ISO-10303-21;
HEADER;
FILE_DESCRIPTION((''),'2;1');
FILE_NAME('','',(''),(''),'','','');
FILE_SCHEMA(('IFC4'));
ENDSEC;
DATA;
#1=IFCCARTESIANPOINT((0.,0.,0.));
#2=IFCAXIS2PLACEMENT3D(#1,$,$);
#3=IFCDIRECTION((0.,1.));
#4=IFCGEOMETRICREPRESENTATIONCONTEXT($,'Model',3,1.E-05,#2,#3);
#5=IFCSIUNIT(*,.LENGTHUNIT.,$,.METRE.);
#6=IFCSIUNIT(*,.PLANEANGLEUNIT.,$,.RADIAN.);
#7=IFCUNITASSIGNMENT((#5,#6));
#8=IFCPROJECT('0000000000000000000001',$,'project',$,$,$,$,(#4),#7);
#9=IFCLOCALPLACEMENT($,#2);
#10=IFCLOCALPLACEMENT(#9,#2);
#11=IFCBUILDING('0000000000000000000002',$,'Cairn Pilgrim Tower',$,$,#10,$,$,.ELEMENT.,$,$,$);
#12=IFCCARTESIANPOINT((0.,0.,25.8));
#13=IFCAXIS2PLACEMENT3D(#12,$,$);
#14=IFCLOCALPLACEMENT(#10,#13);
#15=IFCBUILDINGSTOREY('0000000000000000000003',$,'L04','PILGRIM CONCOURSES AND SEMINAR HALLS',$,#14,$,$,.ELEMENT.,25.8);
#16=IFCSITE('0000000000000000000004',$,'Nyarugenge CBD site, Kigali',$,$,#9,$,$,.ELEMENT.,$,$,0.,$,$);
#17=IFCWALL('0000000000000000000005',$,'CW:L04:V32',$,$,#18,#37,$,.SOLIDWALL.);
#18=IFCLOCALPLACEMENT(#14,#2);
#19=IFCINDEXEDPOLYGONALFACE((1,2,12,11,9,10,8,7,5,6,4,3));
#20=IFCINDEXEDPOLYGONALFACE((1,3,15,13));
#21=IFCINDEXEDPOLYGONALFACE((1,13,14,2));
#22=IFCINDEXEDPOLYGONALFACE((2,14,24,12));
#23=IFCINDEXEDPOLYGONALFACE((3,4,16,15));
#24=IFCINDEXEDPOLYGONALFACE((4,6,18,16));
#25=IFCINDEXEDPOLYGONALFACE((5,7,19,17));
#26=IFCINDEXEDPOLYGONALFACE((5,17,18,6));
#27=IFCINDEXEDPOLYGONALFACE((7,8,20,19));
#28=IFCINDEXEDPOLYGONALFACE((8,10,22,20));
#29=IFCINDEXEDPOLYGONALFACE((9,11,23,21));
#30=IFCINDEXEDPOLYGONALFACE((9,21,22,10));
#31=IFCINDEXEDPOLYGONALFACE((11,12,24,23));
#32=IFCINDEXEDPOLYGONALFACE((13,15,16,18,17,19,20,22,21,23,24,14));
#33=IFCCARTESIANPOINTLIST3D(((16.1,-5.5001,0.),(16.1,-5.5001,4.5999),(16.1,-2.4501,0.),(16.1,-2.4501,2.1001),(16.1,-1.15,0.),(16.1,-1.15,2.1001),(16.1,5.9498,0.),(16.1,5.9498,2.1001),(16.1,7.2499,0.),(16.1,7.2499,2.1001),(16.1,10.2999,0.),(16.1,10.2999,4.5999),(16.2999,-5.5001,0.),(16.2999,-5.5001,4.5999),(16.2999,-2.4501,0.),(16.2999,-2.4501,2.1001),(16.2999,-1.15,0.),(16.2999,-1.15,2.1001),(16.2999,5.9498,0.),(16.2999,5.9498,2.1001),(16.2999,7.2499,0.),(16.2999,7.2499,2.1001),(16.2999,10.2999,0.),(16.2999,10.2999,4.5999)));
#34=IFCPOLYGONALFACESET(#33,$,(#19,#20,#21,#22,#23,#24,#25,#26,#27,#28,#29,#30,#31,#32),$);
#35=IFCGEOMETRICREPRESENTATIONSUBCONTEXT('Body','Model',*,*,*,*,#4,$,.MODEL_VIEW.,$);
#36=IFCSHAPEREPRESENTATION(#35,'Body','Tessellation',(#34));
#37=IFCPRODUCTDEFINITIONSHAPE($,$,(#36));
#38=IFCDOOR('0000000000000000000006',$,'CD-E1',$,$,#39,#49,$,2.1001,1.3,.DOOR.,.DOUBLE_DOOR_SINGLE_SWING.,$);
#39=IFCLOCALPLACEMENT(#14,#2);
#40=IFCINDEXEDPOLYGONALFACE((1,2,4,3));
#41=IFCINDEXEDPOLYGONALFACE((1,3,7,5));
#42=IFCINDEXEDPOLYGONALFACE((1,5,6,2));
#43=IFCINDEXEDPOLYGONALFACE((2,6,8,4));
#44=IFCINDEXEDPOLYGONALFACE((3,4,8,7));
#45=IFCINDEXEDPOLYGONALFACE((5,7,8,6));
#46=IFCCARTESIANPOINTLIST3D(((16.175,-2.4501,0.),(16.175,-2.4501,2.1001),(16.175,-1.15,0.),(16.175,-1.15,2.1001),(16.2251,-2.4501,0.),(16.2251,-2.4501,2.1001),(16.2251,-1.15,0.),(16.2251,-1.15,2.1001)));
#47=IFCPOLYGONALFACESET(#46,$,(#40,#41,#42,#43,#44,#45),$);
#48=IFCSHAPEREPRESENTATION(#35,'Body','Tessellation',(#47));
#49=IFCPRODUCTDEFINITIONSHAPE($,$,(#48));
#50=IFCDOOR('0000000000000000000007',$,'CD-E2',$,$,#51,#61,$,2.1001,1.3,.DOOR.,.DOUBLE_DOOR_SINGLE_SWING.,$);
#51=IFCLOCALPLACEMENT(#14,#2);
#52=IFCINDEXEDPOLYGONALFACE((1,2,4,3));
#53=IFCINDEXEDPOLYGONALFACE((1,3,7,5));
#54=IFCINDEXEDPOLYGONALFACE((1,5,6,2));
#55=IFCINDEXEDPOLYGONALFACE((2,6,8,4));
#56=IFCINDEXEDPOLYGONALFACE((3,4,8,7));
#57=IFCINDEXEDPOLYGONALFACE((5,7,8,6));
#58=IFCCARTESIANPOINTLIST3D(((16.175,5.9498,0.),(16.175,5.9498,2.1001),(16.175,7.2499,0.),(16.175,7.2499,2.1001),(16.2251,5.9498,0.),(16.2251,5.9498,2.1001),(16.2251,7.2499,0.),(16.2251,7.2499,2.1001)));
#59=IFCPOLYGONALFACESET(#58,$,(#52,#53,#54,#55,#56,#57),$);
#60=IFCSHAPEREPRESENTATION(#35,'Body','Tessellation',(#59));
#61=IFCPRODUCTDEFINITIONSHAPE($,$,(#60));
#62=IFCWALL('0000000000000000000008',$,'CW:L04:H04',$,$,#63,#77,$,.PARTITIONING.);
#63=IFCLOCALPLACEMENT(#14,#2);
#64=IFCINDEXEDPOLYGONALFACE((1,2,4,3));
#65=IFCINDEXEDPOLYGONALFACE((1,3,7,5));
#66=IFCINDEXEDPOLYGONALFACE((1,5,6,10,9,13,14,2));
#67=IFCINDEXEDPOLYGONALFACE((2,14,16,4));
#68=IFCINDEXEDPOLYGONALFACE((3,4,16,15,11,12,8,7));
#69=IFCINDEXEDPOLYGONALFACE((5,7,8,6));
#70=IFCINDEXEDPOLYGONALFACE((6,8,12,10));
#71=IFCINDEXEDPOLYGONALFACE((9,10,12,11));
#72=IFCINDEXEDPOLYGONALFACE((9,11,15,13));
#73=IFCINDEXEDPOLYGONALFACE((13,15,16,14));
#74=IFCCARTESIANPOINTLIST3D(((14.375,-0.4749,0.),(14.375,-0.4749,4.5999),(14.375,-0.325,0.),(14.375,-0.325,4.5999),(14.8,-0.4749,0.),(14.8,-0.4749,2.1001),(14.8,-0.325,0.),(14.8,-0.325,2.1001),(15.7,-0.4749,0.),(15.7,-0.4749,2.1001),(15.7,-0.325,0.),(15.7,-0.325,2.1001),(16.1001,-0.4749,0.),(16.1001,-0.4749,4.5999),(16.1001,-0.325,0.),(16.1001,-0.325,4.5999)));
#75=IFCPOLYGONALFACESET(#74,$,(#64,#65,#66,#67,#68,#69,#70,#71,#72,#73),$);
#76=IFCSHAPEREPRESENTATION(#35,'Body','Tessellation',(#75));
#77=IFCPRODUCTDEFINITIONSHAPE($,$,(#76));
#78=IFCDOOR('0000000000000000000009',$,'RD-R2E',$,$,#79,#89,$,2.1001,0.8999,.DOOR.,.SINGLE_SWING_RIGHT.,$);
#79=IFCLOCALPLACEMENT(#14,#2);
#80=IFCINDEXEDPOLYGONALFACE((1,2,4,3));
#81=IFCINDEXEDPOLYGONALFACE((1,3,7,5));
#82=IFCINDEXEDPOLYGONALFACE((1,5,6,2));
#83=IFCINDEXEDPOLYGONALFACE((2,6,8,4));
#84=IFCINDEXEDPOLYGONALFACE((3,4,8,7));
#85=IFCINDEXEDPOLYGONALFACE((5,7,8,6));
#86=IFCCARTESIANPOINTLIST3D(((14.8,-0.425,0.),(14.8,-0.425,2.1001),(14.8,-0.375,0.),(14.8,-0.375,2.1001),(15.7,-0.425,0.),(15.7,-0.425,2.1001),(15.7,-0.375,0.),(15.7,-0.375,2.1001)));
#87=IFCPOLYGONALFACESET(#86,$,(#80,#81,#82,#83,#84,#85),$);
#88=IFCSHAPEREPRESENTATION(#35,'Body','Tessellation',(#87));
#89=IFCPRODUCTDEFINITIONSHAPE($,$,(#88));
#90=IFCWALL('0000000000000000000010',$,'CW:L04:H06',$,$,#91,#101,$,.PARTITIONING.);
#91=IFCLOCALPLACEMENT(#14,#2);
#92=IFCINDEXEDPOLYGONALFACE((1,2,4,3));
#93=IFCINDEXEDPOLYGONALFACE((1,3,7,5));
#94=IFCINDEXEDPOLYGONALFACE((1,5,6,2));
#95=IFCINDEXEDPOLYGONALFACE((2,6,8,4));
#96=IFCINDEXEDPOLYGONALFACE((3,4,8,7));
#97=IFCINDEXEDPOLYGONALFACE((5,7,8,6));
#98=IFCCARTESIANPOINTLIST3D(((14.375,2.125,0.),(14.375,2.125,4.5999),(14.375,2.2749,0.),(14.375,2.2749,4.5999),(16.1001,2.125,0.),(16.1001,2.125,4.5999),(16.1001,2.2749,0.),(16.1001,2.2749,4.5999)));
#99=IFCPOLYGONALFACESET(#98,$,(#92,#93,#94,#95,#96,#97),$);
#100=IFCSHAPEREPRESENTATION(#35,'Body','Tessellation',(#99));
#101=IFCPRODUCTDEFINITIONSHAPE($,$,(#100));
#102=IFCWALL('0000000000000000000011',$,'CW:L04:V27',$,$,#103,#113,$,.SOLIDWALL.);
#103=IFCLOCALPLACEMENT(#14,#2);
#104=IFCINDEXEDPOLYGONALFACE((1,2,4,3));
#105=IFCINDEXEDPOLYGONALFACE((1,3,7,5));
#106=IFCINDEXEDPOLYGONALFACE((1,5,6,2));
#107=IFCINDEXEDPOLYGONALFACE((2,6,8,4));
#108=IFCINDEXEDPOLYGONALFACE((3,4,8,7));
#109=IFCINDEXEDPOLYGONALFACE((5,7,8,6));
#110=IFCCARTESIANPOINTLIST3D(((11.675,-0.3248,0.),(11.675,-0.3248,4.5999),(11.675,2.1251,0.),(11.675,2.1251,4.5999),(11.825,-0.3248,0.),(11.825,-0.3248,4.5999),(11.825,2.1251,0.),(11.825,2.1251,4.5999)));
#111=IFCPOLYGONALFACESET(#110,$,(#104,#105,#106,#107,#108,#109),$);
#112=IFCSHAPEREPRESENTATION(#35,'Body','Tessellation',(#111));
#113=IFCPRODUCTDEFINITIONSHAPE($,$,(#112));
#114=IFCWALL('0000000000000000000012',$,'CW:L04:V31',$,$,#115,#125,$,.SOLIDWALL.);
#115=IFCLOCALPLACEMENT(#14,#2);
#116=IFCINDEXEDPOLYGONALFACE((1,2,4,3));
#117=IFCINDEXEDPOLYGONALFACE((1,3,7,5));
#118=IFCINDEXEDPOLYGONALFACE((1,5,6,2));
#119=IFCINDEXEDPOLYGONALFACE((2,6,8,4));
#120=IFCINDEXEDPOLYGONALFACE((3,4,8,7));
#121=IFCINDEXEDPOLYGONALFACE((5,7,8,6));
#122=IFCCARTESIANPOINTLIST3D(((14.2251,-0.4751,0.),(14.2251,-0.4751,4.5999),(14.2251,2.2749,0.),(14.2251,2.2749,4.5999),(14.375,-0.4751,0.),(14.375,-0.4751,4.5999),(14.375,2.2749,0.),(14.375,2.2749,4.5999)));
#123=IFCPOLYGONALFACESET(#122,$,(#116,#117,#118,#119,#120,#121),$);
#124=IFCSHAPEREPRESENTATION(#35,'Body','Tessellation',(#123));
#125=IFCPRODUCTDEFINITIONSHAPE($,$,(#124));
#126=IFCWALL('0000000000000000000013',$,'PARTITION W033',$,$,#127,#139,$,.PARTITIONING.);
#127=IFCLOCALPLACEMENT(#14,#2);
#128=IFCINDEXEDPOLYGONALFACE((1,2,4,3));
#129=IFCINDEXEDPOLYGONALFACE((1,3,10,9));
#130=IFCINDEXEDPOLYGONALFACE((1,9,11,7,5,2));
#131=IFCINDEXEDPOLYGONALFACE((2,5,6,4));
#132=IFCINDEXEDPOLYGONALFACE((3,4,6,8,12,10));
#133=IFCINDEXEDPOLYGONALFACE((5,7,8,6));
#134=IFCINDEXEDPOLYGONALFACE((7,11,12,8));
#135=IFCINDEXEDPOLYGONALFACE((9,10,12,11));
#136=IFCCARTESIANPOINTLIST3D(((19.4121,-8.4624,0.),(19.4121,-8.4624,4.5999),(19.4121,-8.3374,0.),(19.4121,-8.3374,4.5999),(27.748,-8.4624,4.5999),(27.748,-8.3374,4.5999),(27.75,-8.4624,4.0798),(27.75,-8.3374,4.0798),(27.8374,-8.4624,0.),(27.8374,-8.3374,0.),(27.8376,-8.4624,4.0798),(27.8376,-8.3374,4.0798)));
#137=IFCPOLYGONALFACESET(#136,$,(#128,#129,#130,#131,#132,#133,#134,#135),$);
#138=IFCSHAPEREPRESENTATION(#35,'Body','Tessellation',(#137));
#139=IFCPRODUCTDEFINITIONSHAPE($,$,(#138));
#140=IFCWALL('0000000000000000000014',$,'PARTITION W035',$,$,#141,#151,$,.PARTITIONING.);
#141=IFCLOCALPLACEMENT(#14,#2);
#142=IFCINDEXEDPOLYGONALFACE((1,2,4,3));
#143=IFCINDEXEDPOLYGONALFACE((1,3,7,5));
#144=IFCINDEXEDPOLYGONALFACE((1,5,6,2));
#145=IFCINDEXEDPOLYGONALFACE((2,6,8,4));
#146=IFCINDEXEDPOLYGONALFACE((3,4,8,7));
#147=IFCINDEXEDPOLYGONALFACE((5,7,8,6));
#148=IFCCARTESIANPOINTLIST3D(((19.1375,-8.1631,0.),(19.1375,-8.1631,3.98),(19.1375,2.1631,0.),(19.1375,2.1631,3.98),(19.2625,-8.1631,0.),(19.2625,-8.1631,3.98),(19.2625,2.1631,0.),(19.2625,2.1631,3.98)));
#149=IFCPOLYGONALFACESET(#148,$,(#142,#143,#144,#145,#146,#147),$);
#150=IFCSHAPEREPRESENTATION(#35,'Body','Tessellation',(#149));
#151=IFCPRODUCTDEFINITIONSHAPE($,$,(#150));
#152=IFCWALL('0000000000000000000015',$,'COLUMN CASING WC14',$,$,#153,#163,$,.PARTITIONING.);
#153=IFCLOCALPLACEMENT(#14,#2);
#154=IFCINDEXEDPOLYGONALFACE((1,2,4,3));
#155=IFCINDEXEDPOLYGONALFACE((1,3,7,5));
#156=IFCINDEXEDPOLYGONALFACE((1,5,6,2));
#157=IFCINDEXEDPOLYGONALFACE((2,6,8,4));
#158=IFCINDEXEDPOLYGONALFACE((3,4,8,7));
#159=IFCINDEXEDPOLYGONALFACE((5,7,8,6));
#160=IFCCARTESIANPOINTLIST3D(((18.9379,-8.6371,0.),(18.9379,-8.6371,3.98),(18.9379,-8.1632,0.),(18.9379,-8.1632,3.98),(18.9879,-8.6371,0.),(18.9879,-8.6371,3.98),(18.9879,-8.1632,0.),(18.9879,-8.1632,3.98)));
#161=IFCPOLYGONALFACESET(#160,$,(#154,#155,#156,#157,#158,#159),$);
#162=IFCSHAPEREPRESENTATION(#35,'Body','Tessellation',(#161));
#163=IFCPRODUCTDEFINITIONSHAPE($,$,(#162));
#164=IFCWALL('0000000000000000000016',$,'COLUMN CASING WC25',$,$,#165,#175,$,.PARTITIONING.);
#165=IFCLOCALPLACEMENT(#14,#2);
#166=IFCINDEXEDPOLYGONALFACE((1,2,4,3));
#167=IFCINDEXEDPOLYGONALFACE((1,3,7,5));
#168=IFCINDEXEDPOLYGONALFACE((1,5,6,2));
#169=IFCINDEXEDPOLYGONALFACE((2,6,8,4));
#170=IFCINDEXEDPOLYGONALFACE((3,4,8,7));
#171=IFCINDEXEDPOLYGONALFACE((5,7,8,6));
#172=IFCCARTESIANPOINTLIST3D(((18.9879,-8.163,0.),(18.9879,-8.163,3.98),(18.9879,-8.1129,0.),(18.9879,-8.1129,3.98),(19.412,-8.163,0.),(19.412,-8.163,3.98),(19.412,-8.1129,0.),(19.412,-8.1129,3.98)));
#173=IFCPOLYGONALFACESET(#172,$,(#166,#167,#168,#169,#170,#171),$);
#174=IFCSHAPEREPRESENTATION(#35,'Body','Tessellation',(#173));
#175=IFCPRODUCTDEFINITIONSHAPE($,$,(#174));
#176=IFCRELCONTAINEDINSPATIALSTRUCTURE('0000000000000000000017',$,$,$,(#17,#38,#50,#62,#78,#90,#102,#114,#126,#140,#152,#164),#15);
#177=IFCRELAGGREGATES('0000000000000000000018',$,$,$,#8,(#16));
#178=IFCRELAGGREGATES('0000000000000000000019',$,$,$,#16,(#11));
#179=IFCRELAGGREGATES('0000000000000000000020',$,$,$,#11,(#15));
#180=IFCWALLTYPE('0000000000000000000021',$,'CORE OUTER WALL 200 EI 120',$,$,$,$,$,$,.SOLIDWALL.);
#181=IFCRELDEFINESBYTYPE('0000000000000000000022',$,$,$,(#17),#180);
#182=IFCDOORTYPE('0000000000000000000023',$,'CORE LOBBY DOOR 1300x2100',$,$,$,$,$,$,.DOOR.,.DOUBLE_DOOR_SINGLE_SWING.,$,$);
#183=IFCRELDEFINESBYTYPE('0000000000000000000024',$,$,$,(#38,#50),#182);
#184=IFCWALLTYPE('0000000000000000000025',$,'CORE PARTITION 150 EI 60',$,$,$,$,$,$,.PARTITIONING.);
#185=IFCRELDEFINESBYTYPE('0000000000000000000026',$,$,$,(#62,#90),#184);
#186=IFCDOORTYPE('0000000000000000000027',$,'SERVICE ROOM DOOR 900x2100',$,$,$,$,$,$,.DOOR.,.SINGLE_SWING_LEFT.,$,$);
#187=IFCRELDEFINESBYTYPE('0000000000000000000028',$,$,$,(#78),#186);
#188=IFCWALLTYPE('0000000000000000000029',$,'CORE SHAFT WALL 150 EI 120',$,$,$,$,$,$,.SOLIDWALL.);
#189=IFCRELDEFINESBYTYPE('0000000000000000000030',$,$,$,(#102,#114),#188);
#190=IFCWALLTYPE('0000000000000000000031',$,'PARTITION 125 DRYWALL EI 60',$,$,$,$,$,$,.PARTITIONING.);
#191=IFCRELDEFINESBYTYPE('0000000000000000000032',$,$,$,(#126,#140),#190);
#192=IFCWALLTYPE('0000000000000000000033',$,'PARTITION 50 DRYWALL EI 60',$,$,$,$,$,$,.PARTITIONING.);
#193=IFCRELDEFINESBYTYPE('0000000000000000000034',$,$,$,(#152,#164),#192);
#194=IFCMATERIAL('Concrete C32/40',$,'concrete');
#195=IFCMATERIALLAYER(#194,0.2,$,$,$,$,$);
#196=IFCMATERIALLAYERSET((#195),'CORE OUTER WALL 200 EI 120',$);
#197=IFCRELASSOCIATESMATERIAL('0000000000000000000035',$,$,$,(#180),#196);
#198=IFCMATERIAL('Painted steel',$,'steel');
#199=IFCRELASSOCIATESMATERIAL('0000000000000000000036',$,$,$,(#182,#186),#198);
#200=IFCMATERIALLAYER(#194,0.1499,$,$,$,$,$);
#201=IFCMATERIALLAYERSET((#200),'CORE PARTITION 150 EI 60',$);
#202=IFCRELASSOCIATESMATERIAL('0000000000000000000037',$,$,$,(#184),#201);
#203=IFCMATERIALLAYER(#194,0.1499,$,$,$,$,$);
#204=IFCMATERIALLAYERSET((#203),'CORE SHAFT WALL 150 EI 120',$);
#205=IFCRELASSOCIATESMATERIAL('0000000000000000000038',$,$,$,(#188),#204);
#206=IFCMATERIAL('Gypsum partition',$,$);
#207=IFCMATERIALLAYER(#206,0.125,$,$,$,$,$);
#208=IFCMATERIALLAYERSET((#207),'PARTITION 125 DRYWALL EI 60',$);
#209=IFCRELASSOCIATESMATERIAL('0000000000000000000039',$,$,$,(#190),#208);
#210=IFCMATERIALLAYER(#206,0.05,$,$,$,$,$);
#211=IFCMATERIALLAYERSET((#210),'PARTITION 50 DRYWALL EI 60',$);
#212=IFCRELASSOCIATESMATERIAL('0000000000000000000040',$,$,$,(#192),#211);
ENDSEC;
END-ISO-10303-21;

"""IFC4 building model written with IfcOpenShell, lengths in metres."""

from ifc_helpers import new_model, si_unit, direction, frame, frame_2d, origin, place, context, subcontext, project, spatial, polyline, rectangle, outline, extrude, material, layer, layer_set, type_object, element, fill, save


model = new_model("IFC4")

# Units and contexts
model_context = context("Model", 3, precision=1e-05, world=origin(), true_north=direction((0.0, 1.0)))
body_context = subcontext(model_context, "Body", "Model", "MODEL_VIEW")
ifc_project = project(units=[si_unit("LENGTHUNIT", "METRE"), si_unit("PLANEANGLEUNIT", "RADIAN")], contexts=[model_context])

# Site, building, storey
site_placement = place(None, origin())
site = spatial("IfcSite", under=ifc_project, at=site_placement, Name="Nyarugenge CBD site, Kigali", CompositionType="ELEMENT", RefElevation=0.0)
building_placement = place(site_placement, origin())
building = spatial("IfcBuilding", under=site, at=building_placement, Name="Cairn Pilgrim Tower", CompositionType="ELEMENT")
storey_placement = place(building_placement, frame((0.0, 0.0, 25.8)))
storey = spatial("IfcBuildingStorey", under=building, at=storey_placement, Name="L04", Description="PILGRIM CONCOURSES AND SEMINAR HALLS", CompositionType="ELEMENT", Elevation=25.8)

# Shared definitions
ifc_material_1 = material(Name="Concrete C32/40", Category="concrete")
ifc_layer_1 = layer(ifc_material_1, 0.2)
ifc_layer_set_1 = layer_set([ifc_layer_1], Name="CORE OUTER WALL 200 EI 120")
wall_type_1 = type_object("IfcWallType", Name="CORE OUTER WALL 200 EI 120", PredefinedType="SOLIDWALL", material=ifc_layer_set_1)

# Wall, openings, doors
wall_1_placement = place(storey_placement, frame((16.2, -5.5, 0.0), z_axis=(0.0, 0.0, 1.0), x_axis=(0.0, 1.0, 0.0)))
wall_1 = element("IfcWall", 1, at=wall_1_placement, inside=storey, type_object=wall_type_1, Name="CW:L04:V32", PredefinedType="SOLIDWALL", context=body_context, shape_type="SweptSolid", body=[
    extrude(rectangle(XDim=15.8, YDim=0.2, at=frame_2d((7.8999, 0.0))), origin(), (0.0, 0.0, 1.0), 4.5999),
])
opening_1_placement = place(wall_1_placement, frame((3.05, 0.0, 0.0)))
opening_1 = element("IfcOpeningElement", 2, at=opening_1_placement, cuts=wall_1, PredefinedType="OPENING", context=body_context, shape_type="SweptSolid", body=[
    extrude(rectangle(XDim=1.3, YDim=2.1001, at=frame_2d((0.6499, 1.05))), frame((0.0, 0.1099, 0.0), z_axis=(0.0, -1.0, 0.0), x_axis=(1.0, 0.0, 0.0)), (0.0, 0.0, 1.0), 0.22),
])
opening_2_placement = place(wall_1_placement, frame((11.45, 0.0, 0.0)))
opening_2 = element("IfcOpeningElement", 3, at=opening_2_placement, cuts=wall_1, PredefinedType="OPENING", context=body_context, shape_type="SweptSolid", body=[
    extrude(rectangle(XDim=1.3, YDim=2.1001, at=frame_2d((0.6499, 1.05))), frame((0.0, 0.1099, 0.0), z_axis=(0.0, -1.0, 0.0), x_axis=(1.0, 0.0, 0.0)), (0.0, 0.0, 1.0), 0.22),
])
ifc_material_2 = material(Name="Painted steel", Category="steel")
door_type_1 = type_object("IfcDoorType", Name="CORE LOBBY DOOR 1300x2100", OperationType="DOUBLE_DOOR_SINGLE_SWING", PredefinedType="DOOR", material=ifc_material_2)
door_1_placement = place(opening_1_placement, origin())
door_1 = element("IfcDoor", 4, at=door_1_placement, inside=storey, type_object=door_type_1, Name="CD-E1", OperationType="DOUBLE_DOOR_SINGLE_SWING", OverallHeight=2.1001, OverallWidth=1.3, PredefinedType="DOOR", context=body_context, shape_type="SweptSolid", body=[
    extrude(rectangle(XDim=1.3, YDim=2.1001, at=frame_2d((0.6499, 1.05))), frame((0.0, 0.0249, 0.0), z_axis=(0.0, -1.0, 0.0), x_axis=(1.0, 0.0, 0.0)), (0.0, 0.0, 1.0), 0.05),
])
fill(opening_1, door_1)
door_2_placement = place(opening_2_placement, origin())
door_2 = element("IfcDoor", 5, at=door_2_placement, inside=storey, type_object=door_type_1, Name="CD-E2", OperationType="DOUBLE_DOOR_SINGLE_SWING", OverallHeight=2.1001, OverallWidth=1.3, PredefinedType="DOOR", context=body_context, shape_type="SweptSolid", body=[
    extrude(rectangle(XDim=1.3, YDim=2.1001, at=frame_2d((0.6499, 1.05))), frame((0.0, 0.0249, 0.0), z_axis=(0.0, -1.0, 0.0), x_axis=(1.0, 0.0, 0.0)), (0.0, 0.0, 1.0), 0.05),
])
fill(opening_2, door_2)

# Wall, opening, door
ifc_layer_2 = layer(ifc_material_1, 0.1499)
ifc_layer_set_2 = layer_set([ifc_layer_2], Name="CORE PARTITION 150 EI 60")
wall_type_2 = type_object("IfcWallType", Name="CORE PARTITION 150 EI 60", PredefinedType="PARTITIONING", material=ifc_layer_set_2)
wall_2_placement = place(storey_placement, frame((14.375, -0.3999, 0.0), z_axis=(0.0, 0.0, 1.0), x_axis=(1.0, 0.0, 0.0)))
wall_2 = element("IfcWall", 6, at=wall_2_placement, inside=storey, type_object=wall_type_2, Name="CW:L04:H04", PredefinedType="PARTITIONING", context=body_context, shape_type="SweptSolid", body=[
    extrude(rectangle(XDim=1.7251, YDim=0.1499, at=frame_2d((0.8625, 0.0))), origin(), (0.0, 0.0, 1.0), 4.5999),
])
opening_3_placement = place(wall_2_placement, frame((0.425, 0.0, 0.0)))
opening_3 = element("IfcOpeningElement", 7, at=opening_3_placement, cuts=wall_2, PredefinedType="OPENING", context=body_context, shape_type="SweptSolid", body=[
    extrude(rectangle(XDim=0.8999, YDim=2.1001, at=frame_2d((0.45, 1.05))), frame((0.0, 0.085, 0.0), z_axis=(0.0, -1.0, 0.0), x_axis=(1.0, 0.0, 0.0)), (0.0, 0.0, 1.0), 0.1699),
])
door_type_2 = type_object("IfcDoorType", Name="SERVICE ROOM DOOR 900x2100", OperationType="SINGLE_SWING_LEFT", PredefinedType="DOOR", material=ifc_material_2)
door_3_placement = place(opening_3_placement, origin())
door_3 = element("IfcDoor", 8, at=door_3_placement, inside=storey, type_object=door_type_2, Name="RD-R2E", OperationType="SINGLE_SWING_RIGHT", OverallHeight=2.1001, OverallWidth=0.8999, PredefinedType="DOOR", context=body_context, shape_type="SweptSolid", body=[
    extrude(rectangle(XDim=0.8999, YDim=2.1001, at=frame_2d((0.45, 1.05))), frame((0.0, 0.0249, 0.0), z_axis=(0.0, -1.0, 0.0), x_axis=(1.0, 0.0, 0.0)), (0.0, 0.0, 1.0), 0.05),
])
fill(opening_3, door_3)

# Walls
wall_3_placement = place(storey_placement, frame((14.375, 2.2, 0.0), z_axis=(0.0, 0.0, 1.0), x_axis=(1.0, 0.0, 0.0)))
element("IfcWall", 9, at=wall_3_placement, inside=storey, type_object=wall_type_2, Name="CW:L04:H06", PredefinedType="PARTITIONING", context=body_context, shape_type="SweptSolid", body=[
    extrude(rectangle(XDim=1.7251, YDim=0.1499, at=frame_2d((0.8625, 0.0))), origin(), (0.0, 0.0, 1.0), 4.5999),
])
ifc_layer_3 = layer(ifc_material_1, 0.1499)
ifc_layer_set_3 = layer_set([ifc_layer_3], Name="CORE SHAFT WALL 150 EI 120")
wall_type_3 = type_object("IfcWallType", Name="CORE SHAFT WALL 150 EI 120", PredefinedType="SOLIDWALL", material=ifc_layer_set_3)
wall_4_placement = place(storey_placement, frame((11.75, -0.325, 0.0), z_axis=(0.0, 0.0, 1.0), x_axis=(0.0, 1.0, 0.0)))
element("IfcWall", 10, at=wall_4_placement, inside=storey, type_object=wall_type_3, Name="CW:L04:V27", PredefinedType="SOLIDWALL", context=body_context, shape_type="SweptSolid", body=[
    extrude(rectangle(XDim=2.45, YDim=0.1499, at=frame_2d((1.2251, 0.0))), origin(), (0.0, 0.0, 1.0), 4.5999),
])
wall_5_placement = place(storey_placement, frame((14.3, -0.4751, 0.0), z_axis=(0.0, 0.0, 1.0), x_axis=(0.0, 1.0, 0.0)))
element("IfcWall", 11, at=wall_5_placement, inside=storey, type_object=wall_type_3, Name="CW:L04:V31", PredefinedType="SOLIDWALL", context=body_context, shape_type="SweptSolid", body=[
    extrude(rectangle(XDim=2.75, YDim=0.1499, at=frame_2d((1.375, 0.0))), origin(), (0.0, 0.0, 1.0), 4.5999),
])
ifc_material_3 = material(Name="Gypsum partition")
ifc_layer_4 = layer(ifc_material_3, 0.125)
ifc_layer_set_4 = layer_set([ifc_layer_4], Name="PARTITION 125 DRYWALL EI 60")
wall_type_4 = type_object("IfcWallType", Name="PARTITION 125 DRYWALL EI 60", PredefinedType="PARTITIONING", material=ifc_layer_set_4)
wall_6_placement = place(storey_placement, frame((19.4121, -8.3999, 0.0), z_axis=(0.0, 0.0, 1.0), x_axis=(1.0, 0.0, 0.0)))
element("IfcWall", 12, at=wall_6_placement, inside=storey, type_object=wall_type_4, Name="PARTITION W033", PredefinedType="PARTITIONING", context=body_context, shape_type="SweptSolid", body=[
    extrude(outline(polyline([(0.0, 0.0), (8.4253, 0.0), (8.4255, 4.0798), (8.3379, 4.0798), (8.3359, 4.5999), (0.0, 4.5999), (0.0, 0.0)])), frame((0.0, 0.0625, 0.0), z_axis=(0.0, -1.0, 0.0), x_axis=(1.0, 0.0, 0.0)), (0.0, 0.0, 1.0), 0.125),
])
wall_7_placement = place(storey_placement, frame((19.2, -8.1631, 0.0), z_axis=(0.0, 0.0, 1.0), x_axis=(0.0, 1.0, 0.0)))
element("IfcWall", 13, at=wall_7_placement, inside=storey, type_object=wall_type_4, Name="PARTITION W035", PredefinedType="PARTITIONING", context=body_context, shape_type="SweptSolid", body=[
    extrude(rectangle(XDim=10.3262, YDim=0.125, at=frame_2d((5.1631, 0.0))), origin(), (0.0, 0.0, 1.0), 3.98),
])
ifc_layer_5 = layer(ifc_material_3, 0.05)
ifc_layer_set_5 = layer_set([ifc_layer_5], Name="PARTITION 50 DRYWALL EI 60")
wall_type_5 = type_object("IfcWallType", Name="PARTITION 50 DRYWALL EI 60", PredefinedType="PARTITIONING", material=ifc_layer_set_5)
wall_8_placement = place(storey_placement, frame((18.9629, -8.637, 0.0), z_axis=(0.0, 0.0, 1.0), x_axis=(0.0, 1.0, 0.0)))
element("IfcWall", 14, at=wall_8_placement, inside=storey, type_object=wall_type_5, Name="COLUMN CASING WC14", PredefinedType="PARTITIONING", context=body_context, shape_type="SweptSolid", body=[
    extrude(rectangle(XDim=0.4739, YDim=0.05, at=frame_2d((0.2368, 0.0))), origin(), (0.0, 0.0, 1.0), 3.98),
])
wall_9_placement = place(storey_placement, frame((18.988, -8.1379, 0.0), z_axis=(0.0, 0.0, 1.0), x_axis=(1.0, 0.0, 0.0)))
element("IfcWall", 15, at=wall_9_placement, inside=storey, type_object=wall_type_5, Name="COLUMN CASING WC25", PredefinedType="PARTITIONING", context=body_context, shape_type="SweptSolid", body=[
    extrude(rectangle(XDim=0.4241, YDim=0.05, at=frame_2d((0.2119, 0.0))), origin(), (0.0, 0.0, 1.0), 3.98),
])

save(model, "model.ifc")
